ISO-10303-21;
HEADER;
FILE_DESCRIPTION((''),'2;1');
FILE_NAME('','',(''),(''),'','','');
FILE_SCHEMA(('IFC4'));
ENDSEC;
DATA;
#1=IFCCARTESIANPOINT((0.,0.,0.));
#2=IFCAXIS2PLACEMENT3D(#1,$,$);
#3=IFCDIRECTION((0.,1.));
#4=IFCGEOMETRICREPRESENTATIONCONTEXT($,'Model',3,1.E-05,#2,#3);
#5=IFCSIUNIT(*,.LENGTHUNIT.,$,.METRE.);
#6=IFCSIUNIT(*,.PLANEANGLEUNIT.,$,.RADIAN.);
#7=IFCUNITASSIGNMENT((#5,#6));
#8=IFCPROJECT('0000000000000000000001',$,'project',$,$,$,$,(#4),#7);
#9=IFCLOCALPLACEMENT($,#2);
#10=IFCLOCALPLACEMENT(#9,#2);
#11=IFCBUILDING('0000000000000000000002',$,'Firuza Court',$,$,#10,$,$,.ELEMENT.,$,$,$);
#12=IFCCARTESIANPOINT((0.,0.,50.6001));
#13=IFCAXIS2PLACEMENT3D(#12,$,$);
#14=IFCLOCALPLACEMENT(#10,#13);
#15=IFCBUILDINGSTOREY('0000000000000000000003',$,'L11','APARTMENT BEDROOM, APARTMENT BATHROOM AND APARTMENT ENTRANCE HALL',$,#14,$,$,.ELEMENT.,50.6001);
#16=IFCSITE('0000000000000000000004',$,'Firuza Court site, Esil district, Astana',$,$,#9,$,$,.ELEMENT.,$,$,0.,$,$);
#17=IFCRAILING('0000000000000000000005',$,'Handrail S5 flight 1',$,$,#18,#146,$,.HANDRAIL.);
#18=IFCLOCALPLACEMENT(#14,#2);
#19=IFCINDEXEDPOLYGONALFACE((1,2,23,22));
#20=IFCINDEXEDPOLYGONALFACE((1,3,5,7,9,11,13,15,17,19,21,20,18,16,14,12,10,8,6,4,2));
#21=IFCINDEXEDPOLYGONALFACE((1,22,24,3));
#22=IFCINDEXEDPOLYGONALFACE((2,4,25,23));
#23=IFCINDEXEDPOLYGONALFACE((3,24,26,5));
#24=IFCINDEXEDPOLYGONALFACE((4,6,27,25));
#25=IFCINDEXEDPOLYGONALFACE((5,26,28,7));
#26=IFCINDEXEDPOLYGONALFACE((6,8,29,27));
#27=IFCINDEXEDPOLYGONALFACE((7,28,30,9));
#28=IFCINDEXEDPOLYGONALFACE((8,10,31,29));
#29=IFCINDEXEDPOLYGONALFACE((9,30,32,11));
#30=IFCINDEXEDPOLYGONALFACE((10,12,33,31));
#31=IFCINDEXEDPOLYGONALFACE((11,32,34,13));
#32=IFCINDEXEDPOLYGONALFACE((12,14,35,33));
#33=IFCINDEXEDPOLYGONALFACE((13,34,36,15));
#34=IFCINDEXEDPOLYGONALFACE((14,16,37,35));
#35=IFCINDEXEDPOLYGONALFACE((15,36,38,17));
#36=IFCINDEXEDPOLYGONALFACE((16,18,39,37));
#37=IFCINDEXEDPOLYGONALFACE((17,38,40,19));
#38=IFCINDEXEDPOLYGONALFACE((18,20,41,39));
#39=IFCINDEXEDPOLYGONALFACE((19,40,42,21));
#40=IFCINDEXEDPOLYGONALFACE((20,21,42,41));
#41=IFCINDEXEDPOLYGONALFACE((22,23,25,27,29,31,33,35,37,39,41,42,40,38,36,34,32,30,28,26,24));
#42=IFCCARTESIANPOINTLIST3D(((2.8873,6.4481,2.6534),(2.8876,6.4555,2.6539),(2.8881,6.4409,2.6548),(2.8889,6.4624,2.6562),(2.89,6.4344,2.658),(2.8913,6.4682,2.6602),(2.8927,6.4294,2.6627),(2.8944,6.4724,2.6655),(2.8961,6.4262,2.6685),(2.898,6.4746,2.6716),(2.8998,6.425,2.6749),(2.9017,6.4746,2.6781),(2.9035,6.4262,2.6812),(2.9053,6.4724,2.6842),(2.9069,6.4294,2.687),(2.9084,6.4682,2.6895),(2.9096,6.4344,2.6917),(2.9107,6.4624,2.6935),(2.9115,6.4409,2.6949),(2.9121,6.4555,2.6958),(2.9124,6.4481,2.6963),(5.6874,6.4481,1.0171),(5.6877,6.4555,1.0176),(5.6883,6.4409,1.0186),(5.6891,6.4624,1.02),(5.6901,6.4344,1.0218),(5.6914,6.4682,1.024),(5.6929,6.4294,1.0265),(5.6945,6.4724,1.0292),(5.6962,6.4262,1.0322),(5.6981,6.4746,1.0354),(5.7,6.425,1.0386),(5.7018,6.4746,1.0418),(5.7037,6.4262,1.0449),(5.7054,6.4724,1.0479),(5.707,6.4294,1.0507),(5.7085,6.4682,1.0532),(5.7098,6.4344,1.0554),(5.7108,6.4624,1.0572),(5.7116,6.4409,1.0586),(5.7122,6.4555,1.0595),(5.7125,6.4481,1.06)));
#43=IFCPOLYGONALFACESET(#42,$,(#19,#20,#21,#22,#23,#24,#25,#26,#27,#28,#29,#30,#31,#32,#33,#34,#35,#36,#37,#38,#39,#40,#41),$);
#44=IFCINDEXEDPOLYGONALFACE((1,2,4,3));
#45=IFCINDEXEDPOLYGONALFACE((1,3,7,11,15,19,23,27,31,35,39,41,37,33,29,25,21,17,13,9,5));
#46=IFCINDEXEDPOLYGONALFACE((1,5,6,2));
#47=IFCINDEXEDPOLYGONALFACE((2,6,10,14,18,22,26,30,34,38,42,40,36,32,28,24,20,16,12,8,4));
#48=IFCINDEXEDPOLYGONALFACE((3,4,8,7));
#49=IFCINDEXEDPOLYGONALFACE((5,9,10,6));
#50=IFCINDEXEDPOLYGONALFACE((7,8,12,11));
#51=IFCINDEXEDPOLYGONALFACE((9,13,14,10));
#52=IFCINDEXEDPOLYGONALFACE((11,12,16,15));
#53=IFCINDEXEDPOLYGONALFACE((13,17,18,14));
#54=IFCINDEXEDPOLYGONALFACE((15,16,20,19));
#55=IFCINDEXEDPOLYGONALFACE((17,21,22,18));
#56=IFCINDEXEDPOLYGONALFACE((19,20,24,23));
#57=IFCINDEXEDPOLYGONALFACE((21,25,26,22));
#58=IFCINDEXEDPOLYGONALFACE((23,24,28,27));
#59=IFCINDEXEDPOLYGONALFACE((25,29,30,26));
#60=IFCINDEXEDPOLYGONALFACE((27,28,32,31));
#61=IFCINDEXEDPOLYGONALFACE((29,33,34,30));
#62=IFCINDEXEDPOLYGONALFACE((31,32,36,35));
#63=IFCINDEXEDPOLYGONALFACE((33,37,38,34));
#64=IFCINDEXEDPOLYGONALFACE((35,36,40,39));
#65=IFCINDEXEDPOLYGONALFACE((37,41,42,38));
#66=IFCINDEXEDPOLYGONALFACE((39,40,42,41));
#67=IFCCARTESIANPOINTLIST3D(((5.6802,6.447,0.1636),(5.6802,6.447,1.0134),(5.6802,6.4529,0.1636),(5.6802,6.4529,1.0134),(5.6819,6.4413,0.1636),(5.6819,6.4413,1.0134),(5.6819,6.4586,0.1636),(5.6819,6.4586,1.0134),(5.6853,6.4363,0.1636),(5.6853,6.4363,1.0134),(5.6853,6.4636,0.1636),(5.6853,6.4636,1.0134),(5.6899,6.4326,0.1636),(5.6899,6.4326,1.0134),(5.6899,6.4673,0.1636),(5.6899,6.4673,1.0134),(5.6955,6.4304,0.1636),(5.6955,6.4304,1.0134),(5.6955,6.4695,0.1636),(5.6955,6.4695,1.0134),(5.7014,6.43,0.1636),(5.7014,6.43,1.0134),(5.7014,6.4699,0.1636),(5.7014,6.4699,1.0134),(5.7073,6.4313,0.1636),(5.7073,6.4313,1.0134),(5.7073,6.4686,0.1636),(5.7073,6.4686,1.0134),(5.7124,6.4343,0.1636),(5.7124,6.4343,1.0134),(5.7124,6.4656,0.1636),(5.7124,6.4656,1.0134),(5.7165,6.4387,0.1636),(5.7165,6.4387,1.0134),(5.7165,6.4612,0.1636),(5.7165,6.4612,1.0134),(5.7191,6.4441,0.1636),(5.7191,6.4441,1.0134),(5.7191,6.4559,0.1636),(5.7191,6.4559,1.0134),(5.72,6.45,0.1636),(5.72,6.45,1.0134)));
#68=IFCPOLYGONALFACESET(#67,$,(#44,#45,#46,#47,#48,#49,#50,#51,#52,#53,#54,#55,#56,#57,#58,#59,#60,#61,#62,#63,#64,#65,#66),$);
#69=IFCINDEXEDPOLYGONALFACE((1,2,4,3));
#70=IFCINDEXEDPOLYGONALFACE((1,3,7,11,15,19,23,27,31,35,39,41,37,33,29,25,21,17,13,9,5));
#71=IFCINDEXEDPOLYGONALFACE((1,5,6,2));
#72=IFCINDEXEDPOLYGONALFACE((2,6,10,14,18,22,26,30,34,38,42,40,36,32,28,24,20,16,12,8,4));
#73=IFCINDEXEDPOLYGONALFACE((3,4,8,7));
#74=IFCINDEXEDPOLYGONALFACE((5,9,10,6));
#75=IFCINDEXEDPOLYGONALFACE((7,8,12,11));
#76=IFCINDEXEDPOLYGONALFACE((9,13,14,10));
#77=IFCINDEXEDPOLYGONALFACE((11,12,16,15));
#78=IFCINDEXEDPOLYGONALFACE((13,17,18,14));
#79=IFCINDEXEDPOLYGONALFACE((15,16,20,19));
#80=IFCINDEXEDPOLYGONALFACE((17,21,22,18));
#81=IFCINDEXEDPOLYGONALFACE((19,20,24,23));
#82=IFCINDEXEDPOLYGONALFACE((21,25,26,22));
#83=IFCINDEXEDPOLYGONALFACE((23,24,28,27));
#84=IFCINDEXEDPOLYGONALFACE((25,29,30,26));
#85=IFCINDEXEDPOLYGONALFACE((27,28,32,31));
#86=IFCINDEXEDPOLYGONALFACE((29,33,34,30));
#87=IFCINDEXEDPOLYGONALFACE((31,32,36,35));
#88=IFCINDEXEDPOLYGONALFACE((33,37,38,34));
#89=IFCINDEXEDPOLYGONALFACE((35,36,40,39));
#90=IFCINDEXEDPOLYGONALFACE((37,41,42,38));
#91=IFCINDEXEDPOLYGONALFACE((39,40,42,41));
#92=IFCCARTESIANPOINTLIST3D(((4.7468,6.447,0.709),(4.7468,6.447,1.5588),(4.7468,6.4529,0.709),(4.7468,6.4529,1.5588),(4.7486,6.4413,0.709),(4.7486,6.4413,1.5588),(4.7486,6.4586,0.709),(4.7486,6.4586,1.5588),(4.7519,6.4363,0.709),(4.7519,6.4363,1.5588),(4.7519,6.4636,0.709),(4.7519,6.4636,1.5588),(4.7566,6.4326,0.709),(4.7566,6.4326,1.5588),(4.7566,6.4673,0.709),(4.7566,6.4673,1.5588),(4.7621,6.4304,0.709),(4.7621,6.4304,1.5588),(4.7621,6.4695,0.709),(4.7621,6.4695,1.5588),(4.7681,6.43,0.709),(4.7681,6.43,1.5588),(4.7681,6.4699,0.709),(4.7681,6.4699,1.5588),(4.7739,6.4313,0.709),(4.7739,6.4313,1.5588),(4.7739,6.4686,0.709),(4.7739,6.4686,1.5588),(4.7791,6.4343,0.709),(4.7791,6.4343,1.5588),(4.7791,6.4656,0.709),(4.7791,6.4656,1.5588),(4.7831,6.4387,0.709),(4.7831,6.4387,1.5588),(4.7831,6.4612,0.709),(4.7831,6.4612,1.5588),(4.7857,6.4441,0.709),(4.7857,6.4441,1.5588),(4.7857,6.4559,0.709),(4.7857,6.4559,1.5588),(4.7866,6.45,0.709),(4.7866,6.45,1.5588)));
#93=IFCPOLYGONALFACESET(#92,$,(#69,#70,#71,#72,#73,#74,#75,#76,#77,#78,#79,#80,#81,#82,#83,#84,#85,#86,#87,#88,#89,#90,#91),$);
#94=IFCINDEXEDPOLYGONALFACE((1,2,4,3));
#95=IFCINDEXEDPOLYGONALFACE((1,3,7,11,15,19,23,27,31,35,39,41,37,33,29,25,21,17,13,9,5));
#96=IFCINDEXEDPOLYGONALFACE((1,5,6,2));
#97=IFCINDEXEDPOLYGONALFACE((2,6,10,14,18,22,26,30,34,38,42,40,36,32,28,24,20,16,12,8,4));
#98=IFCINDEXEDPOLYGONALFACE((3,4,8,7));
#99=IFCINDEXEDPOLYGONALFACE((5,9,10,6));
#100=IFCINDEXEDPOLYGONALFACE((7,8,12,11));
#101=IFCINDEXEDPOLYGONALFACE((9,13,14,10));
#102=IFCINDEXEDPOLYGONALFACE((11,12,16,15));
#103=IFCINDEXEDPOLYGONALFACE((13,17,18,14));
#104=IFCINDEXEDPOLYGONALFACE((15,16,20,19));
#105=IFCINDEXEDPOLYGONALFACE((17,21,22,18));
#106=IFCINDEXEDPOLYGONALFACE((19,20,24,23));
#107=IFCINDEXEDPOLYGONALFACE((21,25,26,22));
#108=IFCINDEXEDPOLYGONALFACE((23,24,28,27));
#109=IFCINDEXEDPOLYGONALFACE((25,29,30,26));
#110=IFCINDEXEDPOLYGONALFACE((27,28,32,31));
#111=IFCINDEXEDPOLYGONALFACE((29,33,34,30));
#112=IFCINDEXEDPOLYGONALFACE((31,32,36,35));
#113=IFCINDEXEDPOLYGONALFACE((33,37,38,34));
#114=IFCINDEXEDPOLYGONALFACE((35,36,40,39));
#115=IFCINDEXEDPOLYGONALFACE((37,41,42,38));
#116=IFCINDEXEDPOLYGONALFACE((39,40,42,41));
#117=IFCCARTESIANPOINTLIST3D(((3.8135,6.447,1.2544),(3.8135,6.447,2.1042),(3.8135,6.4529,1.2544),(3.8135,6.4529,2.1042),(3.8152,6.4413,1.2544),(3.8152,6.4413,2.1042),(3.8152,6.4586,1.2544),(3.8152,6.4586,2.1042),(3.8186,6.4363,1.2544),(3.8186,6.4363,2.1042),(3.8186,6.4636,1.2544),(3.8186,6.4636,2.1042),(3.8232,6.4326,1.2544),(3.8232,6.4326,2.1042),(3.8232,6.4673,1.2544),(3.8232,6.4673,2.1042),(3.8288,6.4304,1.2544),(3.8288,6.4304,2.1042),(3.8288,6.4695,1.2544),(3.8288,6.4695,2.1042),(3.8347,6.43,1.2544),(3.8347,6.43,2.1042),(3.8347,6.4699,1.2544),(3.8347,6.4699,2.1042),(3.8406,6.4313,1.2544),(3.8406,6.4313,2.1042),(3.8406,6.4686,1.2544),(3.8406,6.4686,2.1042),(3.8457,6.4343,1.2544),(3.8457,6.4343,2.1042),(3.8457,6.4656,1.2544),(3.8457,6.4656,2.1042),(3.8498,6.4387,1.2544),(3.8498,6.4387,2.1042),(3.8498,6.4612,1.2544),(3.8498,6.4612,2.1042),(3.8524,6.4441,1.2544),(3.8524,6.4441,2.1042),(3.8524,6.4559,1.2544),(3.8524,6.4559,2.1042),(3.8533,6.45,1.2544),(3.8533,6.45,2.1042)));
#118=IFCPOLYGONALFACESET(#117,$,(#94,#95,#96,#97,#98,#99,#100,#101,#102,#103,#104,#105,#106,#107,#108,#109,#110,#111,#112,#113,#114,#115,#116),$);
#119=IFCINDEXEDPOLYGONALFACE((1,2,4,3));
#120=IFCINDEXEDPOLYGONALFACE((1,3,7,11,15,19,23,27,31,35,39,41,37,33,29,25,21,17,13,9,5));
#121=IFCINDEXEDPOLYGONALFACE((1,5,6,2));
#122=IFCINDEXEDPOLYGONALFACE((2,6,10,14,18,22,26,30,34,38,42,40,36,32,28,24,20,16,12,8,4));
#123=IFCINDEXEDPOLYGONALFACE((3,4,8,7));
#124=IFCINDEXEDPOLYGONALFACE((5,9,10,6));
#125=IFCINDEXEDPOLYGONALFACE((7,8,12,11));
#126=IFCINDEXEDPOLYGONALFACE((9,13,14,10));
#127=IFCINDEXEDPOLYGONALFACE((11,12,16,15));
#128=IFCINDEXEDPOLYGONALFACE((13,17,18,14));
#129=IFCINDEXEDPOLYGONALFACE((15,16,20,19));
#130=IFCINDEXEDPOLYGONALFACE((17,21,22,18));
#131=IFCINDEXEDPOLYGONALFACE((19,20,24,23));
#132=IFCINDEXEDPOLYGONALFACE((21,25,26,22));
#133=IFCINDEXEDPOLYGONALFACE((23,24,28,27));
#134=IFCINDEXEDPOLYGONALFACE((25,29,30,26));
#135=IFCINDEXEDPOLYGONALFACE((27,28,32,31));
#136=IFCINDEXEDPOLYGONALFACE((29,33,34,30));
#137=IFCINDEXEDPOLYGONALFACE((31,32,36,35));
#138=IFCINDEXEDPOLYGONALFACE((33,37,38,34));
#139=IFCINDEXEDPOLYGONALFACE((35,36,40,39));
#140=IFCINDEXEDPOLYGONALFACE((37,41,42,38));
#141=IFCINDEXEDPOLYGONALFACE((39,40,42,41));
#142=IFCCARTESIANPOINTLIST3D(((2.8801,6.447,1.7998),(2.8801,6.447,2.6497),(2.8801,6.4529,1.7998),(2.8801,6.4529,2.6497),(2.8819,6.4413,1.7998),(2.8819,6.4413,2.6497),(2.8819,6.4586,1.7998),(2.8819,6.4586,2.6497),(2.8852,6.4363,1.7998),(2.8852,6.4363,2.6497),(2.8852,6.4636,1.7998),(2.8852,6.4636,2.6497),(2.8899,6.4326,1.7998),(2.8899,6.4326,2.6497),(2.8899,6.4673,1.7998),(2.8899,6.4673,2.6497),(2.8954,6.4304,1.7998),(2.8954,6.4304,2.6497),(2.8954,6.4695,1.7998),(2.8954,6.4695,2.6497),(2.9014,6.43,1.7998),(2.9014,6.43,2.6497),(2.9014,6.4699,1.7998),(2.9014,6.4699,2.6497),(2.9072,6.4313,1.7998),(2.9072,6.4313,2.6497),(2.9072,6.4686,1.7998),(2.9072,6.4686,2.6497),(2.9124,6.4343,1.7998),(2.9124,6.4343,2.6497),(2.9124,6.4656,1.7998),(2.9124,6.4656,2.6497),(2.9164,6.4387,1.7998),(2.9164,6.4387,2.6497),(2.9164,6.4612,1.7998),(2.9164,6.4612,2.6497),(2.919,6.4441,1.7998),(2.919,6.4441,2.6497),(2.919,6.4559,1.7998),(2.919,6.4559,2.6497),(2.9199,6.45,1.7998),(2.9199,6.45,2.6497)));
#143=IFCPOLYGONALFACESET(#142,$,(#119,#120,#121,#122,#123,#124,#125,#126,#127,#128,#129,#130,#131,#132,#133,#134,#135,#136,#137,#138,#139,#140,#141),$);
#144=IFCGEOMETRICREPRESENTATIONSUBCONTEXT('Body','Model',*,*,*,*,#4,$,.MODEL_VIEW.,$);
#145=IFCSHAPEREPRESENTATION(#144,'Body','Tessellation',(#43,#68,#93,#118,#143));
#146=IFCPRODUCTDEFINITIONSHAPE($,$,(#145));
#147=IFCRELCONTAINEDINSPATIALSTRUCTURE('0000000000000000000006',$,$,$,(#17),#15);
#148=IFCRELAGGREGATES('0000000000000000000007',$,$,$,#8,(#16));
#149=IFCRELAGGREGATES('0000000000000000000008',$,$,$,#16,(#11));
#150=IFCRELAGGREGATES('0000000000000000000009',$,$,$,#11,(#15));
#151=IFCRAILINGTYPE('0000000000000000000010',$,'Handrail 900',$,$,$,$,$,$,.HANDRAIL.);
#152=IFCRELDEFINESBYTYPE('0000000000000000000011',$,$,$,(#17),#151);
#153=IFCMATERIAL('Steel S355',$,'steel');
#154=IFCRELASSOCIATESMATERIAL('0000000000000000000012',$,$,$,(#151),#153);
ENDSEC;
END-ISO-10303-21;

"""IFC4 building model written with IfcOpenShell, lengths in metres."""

from ifc_helpers import new_model, si_unit, direction, frame, origin, origin_2d, place, context, subcontext, project, spatial, circle, extrude, material, type_object, element, save


model = new_model("IFC4")

# Units and contexts
model_context = context("Model", 3, precision=1e-05, world=origin(), true_north=direction((0.0, 1.0)))
body_context = subcontext(model_context, "Body", "Model", "MODEL_VIEW")
ifc_project = project(units=[si_unit("LENGTHUNIT", "METRE"), si_unit("PLANEANGLEUNIT", "RADIAN")], contexts=[model_context])

# Site, building, storey
site_placement = place(None, origin())
site = spatial("IfcSite", under=ifc_project, at=site_placement, Name="Firuza Court site, Esil district, Astana", CompositionType="ELEMENT", RefElevation=0.0)
building_placement = place(site_placement, origin())
building = spatial("IfcBuilding", under=site, at=building_placement, Name="Firuza Court", CompositionType="ELEMENT")
storey_placement = place(building_placement, frame((0.0, 0.0, 50.6001)))
storey = spatial("IfcBuildingStorey", under=building, at=storey_placement, Name="L11", Description="APARTMENT BEDROOM, APARTMENT BATHROOM AND APARTMENT ENTRANCE HALL", CompositionType="ELEMENT", Elevation=50.6001)

# Railing
ifc_material_1 = material(Name="Steel S355", Category="steel")
railing_type_1 = type_object("IfcRailingType", Name="Handrail 900", PredefinedType="HANDRAIL", material=ifc_material_1)
railing_1_placement = place(storey_placement, frame((5.7, 6.45, 0.1636)))
element("IfcRailing", 1, at=railing_1_placement, inside=storey, type_object=railing_type_1, Name="Handrail S5 flight 1", PredefinedType="HANDRAIL", context=body_context, shape_type="SweptSolid", body=[
    extrude(circle(Radius=0.0249, at=origin_2d()), frame((0.0, 0.0, 0.875), z_axis=(-0.863394, 0.0, 0.504531), x_axis=(0.0, -1.0, 0.0)), (0.0, 0.0, 1.0), 3.2432),
    extrude(circle(Radius=0.02, at=origin_2d()), origin(), (0.0, 0.0, 1.0), 0.8499),
    extrude(circle(Radius=0.02, at=origin_2d()), frame((-0.9333, 0.0, 0.5454)), (0.0, 0.0, 1.0), 0.8499),
    extrude(circle(Radius=0.02, at=origin_2d()), frame((-1.8667, 0.0, 1.0908)), (0.0, 0.0, 1.0), 0.8499),
    extrude(circle(Radius=0.02, at=origin_2d()), frame((-2.8, 0.0, 1.6362)), (0.0, 0.0, 1.0), 0.8499),
])

save(model, "model.ifc")
